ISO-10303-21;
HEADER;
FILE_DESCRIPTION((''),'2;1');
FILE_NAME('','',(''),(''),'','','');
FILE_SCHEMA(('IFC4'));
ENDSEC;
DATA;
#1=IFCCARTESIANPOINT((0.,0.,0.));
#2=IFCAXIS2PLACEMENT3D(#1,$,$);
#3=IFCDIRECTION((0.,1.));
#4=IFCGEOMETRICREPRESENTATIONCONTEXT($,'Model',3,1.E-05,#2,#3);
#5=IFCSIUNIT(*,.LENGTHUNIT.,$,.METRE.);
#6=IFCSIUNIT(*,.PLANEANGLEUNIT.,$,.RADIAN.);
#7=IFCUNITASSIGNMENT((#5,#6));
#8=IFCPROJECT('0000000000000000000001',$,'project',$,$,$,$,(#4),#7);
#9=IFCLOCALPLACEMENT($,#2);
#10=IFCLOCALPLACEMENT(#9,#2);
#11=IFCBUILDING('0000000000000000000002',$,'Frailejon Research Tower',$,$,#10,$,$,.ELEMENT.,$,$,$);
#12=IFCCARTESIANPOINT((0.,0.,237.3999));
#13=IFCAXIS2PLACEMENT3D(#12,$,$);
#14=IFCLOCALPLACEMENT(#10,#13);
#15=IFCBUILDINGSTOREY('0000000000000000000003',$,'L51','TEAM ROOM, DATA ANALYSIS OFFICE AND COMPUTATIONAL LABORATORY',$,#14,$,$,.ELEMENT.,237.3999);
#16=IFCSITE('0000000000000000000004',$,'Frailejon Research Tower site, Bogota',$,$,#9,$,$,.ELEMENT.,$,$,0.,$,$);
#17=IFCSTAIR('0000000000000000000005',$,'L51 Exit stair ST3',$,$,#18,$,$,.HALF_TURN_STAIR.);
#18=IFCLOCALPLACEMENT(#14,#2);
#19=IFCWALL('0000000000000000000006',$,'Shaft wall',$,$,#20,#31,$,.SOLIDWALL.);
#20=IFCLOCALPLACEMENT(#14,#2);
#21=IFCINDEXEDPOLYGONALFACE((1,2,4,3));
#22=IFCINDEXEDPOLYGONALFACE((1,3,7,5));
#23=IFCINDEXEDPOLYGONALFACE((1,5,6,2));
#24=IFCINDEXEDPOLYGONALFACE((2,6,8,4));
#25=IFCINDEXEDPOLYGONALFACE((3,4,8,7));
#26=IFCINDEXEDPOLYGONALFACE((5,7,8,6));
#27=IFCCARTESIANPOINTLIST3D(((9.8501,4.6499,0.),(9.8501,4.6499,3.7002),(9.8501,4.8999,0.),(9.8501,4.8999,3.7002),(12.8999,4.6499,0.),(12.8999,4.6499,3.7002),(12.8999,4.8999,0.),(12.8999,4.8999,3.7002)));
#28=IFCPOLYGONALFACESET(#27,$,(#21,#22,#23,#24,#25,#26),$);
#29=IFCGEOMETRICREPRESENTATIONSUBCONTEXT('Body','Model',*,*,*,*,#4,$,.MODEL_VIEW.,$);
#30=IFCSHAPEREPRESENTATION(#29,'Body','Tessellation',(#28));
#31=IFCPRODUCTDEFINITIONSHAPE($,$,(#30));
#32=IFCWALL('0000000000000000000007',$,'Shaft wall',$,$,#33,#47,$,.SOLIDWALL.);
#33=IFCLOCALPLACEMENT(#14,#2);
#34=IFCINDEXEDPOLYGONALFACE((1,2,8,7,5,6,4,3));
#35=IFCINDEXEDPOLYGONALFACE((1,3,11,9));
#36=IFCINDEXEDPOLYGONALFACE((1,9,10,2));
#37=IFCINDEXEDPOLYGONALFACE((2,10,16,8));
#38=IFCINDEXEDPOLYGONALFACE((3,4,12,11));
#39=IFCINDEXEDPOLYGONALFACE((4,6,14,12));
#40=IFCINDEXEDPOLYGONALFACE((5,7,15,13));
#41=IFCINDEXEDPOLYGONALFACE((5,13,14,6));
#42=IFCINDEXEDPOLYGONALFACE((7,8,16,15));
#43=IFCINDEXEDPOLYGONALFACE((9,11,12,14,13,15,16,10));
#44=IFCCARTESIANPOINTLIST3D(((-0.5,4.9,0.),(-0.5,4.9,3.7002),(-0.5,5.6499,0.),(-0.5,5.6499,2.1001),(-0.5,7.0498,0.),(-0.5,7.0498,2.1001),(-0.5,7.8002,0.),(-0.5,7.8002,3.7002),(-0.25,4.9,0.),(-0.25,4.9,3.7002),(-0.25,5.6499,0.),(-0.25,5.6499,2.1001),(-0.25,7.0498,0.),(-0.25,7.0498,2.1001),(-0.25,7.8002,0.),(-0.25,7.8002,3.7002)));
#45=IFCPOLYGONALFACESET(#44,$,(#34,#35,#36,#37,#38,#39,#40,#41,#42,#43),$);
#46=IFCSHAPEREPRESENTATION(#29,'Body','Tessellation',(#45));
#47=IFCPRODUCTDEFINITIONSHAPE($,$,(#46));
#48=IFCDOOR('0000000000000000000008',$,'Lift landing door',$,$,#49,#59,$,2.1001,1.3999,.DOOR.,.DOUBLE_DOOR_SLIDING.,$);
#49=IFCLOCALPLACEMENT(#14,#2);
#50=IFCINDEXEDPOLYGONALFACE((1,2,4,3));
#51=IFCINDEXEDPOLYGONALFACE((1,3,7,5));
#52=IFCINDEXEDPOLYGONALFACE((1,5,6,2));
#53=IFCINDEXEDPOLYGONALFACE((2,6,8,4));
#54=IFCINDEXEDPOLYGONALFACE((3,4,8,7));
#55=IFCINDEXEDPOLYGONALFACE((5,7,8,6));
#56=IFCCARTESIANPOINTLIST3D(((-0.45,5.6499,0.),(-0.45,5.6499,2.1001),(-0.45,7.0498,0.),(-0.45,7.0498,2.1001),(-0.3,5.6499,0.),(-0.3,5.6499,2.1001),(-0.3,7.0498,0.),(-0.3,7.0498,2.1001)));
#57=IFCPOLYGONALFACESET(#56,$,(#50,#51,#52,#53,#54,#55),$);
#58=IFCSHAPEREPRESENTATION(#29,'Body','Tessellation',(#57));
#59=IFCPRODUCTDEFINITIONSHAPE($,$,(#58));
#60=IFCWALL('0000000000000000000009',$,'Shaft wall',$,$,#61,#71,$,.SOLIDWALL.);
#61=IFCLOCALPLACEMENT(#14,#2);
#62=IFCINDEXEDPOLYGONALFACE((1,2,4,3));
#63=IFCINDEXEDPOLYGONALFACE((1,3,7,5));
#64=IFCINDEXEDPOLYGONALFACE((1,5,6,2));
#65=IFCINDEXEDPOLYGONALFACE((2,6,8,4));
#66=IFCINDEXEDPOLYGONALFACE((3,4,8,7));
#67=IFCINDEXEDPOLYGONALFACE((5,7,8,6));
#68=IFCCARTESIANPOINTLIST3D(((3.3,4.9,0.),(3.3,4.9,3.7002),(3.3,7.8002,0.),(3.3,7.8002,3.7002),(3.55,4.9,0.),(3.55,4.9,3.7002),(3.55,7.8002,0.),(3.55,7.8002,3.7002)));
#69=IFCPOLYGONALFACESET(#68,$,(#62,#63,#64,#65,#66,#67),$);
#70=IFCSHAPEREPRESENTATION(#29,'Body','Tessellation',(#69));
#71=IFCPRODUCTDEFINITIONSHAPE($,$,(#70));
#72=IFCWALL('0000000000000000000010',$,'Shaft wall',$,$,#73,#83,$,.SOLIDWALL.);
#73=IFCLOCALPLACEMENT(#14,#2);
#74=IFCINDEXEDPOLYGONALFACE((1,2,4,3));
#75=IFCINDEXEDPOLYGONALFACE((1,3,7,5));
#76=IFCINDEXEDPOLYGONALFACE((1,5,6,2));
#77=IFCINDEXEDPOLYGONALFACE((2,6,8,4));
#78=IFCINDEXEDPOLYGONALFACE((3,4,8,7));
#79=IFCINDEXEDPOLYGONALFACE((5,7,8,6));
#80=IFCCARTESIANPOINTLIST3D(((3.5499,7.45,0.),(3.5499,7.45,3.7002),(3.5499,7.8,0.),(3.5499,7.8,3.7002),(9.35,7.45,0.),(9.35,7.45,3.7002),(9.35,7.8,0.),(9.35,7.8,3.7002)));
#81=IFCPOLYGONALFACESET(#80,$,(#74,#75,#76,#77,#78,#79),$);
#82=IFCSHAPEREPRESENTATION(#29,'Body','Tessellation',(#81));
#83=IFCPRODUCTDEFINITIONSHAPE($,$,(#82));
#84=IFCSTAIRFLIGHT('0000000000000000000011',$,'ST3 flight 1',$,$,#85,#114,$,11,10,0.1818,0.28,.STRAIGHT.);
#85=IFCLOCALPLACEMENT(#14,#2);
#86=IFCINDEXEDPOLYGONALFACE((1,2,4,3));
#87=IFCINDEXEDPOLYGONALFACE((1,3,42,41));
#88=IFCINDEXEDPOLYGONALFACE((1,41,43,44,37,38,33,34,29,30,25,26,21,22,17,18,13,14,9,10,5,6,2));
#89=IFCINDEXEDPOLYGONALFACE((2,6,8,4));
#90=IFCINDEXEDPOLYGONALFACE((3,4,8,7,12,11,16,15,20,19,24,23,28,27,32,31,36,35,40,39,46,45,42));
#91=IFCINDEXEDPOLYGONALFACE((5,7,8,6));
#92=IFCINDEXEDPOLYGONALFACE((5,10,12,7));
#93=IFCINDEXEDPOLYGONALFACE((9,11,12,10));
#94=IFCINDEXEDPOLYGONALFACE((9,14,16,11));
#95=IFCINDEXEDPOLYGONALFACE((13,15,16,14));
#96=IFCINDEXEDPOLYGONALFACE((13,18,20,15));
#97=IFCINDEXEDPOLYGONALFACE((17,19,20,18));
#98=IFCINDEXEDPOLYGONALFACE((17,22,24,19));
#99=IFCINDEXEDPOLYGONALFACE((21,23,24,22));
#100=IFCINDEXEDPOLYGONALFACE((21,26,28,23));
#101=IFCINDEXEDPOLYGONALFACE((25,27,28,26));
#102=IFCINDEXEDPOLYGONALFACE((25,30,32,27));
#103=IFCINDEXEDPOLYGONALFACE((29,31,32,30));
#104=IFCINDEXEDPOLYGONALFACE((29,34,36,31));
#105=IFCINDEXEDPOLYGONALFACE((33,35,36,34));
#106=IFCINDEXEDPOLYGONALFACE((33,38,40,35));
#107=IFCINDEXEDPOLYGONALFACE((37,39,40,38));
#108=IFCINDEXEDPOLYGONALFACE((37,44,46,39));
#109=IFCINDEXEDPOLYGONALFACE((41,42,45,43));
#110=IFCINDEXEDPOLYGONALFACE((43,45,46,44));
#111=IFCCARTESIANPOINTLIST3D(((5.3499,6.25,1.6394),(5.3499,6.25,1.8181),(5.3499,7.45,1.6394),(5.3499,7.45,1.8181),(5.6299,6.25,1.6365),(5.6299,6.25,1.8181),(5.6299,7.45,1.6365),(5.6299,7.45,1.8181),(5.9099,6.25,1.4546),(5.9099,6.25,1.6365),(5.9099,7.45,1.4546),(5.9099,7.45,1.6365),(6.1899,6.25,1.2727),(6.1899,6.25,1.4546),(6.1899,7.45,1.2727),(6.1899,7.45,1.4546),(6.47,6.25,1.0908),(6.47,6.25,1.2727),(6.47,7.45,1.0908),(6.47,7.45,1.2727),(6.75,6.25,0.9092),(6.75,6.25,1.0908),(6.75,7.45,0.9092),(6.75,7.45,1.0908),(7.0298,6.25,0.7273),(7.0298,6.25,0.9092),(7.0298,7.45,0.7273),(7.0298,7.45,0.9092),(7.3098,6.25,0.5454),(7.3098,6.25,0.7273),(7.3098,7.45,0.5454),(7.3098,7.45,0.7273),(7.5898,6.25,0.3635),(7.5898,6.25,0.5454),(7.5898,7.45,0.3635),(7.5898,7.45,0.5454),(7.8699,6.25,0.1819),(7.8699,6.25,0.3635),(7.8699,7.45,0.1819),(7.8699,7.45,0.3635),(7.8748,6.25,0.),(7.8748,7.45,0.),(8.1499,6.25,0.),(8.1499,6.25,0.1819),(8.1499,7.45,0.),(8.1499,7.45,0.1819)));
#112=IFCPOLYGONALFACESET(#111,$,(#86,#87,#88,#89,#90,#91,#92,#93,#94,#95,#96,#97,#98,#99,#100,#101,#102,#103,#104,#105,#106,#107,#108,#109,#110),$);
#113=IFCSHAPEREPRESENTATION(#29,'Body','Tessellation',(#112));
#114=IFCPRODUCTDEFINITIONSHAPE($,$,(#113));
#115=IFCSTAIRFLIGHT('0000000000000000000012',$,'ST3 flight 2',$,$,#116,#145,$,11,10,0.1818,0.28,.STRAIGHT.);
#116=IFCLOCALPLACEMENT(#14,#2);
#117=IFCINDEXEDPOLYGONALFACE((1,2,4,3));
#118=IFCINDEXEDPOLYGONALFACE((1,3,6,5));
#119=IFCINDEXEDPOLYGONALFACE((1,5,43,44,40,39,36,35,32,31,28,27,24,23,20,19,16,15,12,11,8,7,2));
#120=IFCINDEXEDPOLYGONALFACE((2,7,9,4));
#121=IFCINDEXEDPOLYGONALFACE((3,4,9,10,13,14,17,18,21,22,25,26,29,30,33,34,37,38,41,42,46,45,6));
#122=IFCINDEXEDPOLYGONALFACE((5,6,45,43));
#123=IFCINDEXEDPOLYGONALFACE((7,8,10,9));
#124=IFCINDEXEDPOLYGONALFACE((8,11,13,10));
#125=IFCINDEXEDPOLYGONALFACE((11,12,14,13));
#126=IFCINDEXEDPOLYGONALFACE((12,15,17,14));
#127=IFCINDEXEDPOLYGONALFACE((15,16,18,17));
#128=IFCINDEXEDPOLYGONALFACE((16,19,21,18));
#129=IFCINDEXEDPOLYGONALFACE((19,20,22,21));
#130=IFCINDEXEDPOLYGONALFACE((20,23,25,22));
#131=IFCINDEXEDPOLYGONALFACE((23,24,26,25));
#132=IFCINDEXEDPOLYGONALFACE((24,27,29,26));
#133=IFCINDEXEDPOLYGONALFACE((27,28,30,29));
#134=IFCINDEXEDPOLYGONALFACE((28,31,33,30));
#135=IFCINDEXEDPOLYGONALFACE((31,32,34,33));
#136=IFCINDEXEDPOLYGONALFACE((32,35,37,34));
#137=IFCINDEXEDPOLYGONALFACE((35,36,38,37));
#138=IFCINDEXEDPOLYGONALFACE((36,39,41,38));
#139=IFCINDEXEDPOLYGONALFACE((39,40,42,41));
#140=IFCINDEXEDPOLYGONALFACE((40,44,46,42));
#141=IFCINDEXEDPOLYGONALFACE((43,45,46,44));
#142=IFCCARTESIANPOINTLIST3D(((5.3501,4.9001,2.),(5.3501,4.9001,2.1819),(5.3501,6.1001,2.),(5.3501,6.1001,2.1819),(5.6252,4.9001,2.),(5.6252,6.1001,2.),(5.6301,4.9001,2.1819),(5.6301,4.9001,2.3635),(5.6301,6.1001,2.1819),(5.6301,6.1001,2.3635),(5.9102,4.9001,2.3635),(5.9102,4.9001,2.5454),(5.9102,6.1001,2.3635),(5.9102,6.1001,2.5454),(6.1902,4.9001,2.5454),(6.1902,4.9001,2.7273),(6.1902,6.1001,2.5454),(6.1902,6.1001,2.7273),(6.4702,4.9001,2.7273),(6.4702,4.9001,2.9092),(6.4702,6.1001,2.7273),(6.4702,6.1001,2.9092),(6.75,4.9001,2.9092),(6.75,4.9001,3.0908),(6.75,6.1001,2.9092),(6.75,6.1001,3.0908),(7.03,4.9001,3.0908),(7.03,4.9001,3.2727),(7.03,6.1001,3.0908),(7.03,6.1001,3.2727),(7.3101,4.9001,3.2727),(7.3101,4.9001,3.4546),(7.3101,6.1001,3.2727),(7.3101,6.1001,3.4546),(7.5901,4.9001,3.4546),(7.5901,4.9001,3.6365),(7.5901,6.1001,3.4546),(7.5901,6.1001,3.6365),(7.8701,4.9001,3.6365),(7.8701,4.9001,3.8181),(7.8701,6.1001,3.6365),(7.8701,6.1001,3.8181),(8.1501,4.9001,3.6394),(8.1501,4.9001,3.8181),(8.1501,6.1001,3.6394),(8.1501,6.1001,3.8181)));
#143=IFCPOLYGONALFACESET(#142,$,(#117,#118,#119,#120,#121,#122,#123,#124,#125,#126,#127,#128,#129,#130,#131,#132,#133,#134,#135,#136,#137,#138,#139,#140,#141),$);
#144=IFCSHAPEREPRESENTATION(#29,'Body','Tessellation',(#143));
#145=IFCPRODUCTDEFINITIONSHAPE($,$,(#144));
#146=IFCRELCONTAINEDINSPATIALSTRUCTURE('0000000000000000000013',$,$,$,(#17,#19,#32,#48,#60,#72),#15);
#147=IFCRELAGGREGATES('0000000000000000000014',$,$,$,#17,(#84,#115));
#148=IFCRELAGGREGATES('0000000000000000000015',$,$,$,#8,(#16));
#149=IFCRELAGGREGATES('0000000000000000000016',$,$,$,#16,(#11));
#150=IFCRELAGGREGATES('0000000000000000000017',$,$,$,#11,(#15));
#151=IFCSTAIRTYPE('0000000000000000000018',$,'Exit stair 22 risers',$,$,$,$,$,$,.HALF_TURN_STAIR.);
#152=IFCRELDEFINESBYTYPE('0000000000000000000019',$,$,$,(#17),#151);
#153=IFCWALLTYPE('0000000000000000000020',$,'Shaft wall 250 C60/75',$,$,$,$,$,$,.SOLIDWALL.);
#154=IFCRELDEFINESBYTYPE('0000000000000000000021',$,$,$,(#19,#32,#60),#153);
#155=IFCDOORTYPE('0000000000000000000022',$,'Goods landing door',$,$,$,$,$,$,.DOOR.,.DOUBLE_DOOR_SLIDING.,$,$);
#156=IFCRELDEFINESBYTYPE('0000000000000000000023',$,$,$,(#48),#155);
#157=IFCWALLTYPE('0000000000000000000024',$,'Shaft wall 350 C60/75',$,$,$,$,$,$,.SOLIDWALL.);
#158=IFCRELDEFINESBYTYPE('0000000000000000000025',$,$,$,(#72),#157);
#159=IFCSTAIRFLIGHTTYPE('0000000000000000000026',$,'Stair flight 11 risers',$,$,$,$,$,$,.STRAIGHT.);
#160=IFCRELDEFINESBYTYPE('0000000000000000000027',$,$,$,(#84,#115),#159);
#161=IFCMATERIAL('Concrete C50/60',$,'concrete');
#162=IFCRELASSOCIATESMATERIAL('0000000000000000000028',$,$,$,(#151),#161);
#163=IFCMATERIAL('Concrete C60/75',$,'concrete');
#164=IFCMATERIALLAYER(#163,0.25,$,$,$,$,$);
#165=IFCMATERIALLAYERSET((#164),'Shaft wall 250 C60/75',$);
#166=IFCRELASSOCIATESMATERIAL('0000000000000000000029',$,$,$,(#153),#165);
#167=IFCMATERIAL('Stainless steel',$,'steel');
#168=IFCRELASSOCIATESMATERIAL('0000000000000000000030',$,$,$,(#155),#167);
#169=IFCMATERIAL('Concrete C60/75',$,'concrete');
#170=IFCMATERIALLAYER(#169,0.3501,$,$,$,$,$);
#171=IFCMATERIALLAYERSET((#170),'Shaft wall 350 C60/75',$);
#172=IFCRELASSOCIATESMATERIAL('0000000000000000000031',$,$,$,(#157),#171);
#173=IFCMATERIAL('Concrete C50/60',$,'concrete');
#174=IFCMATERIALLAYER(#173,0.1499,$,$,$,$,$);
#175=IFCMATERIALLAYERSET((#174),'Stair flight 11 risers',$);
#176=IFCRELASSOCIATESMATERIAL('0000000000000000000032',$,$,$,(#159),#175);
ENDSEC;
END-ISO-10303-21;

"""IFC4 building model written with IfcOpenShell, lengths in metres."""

from ifc_helpers import new_model, si_unit, direction, frame, frame_2d, origin, place, context, subcontext, project, spatial, polyline, rectangle, outline, extrude, material, layer, layer_set, type_object, element, fill, aggregate, save


model = new_model("IFC4")

# Units and contexts
model_context = context("Model", 3, precision=1e-05, world=origin(), true_north=direction((0.0, 1.0)))
body_context = subcontext(model_context, "Body", "Model", "MODEL_VIEW")
ifc_project = project(units=[si_unit("LENGTHUNIT", "METRE"), si_unit("PLANEANGLEUNIT", "RADIAN")], contexts=[model_context])

# Site, building, storey
site_placement = place(None, origin())
site = spatial("IfcSite", under=ifc_project, at=site_placement, Name="Frailejon Research Tower site, Bogota", CompositionType="ELEMENT", RefElevation=0.0)
building_placement = place(site_placement, origin())
building = spatial("IfcBuilding", under=site, at=building_placement, Name="Frailejon Research Tower", CompositionType="ELEMENT")
storey_placement = place(building_placement, frame((0.0, 0.0, 237.3999)))
storey = spatial("IfcBuildingStorey", under=building, at=storey_placement, Name="L51", Description="TEAM ROOM, DATA ANALYSIS OFFICE AND COMPUTATIONAL LABORATORY", CompositionType="ELEMENT", Elevation=237.3999)

# Stair
ifc_material_1 = material(Name="Concrete C50/60", Category="concrete")
stair_type = type_object("IfcStairType", Name="Exit stair 22 risers", PredefinedType="HALF_TURN_STAIR", material=ifc_material_1)
stair_1_placement = place(storey_placement, origin())
stair_1 = element("IfcStair", 1, at=stair_1_placement, inside=storey, type_object=stair_type, Name="L51 Exit stair ST3", PredefinedType="HALF_TURN_STAIR")

# Shared definitions
ifc_material_2 = material(Name="Concrete C60/75", Category="concrete")
ifc_layer_1 = layer(ifc_material_2, 0.25)
ifc_layer_set_1 = layer_set([ifc_layer_1], Name="Shaft wall 250 C60/75")
wall_type_1 = type_object("IfcWallType", Name="Shaft wall 250 C60/75", PredefinedType="SOLIDWALL", material=ifc_layer_set_1)

# Wall
wall_1_placement = place(storey_placement, frame((9.8501, 4.7749, 0.0), z_axis=(0.0, 0.0, 1.0), x_axis=(1.0, 0.0, 0.0)))
element("IfcWall", 2, at=wall_1_placement, inside=storey, type_object=wall_type_1, Name="Shaft wall", PredefinedType="SOLIDWALL", context=body_context, shape_type="SweptSolid", body=[
    extrude(rectangle(XDim=3.0498, YDim=0.25, at=frame_2d((1.5249, 0.0))), origin(), (0.0, 0.0, 1.0), 3.7002),
])

# Wall, opening, door
wall_2_placement = place(storey_placement, frame((-0.375, 4.8999, 0.0), z_axis=(0.0, 0.0, 1.0), x_axis=(0.0, 1.0, 0.0)))
wall_2 = element("IfcWall", 3, at=wall_2_placement, inside=storey, type_object=wall_type_1, Name="Shaft wall", PredefinedType="SOLIDWALL", context=body_context, shape_type="SweptSolid", body=[
    extrude(rectangle(XDim=2.9001, YDim=0.25, at=frame_2d((1.4502, 0.0))), origin(), (0.0, 0.0, 1.0), 3.7002),
])
opening_1_placement = place(wall_2_placement, frame((0.75, 0.0, 0.0)))
opening_1 = element("IfcOpeningElement", 4, at=opening_1_placement, cuts=wall_2, PredefinedType="OPENING", context=body_context, shape_type="SweptSolid", body=[
    extrude(rectangle(XDim=1.3999, YDim=2.1001, at=frame_2d((0.7, 1.05))), frame((0.0, 0.135, 0.0), z_axis=(0.0, -1.0, 0.0), x_axis=(1.0, 0.0, 0.0)), (0.0, 0.0, 1.0), 0.27),
])
ifc_material_3 = material(Name="Stainless steel", Category="steel")
door_type_1 = type_object("IfcDoorType", Name="Goods landing door", OperationType="DOUBLE_DOOR_SLIDING", PredefinedType="DOOR", material=ifc_material_3)
door_1_placement = place(opening_1_placement, origin())
door_1 = element("IfcDoor", 5, at=door_1_placement, inside=storey, type_object=door_type_1, Name="Lift landing door", OperationType="DOUBLE_DOOR_SLIDING", OverallHeight=2.1001, OverallWidth=1.3999, PredefinedType="DOOR", context=body_context, shape_type="SweptSolid", body=[
    extrude(rectangle(XDim=1.3999, YDim=2.1001, at=frame_2d((0.7, 1.05))), frame((0.0, 0.075, 0.0), z_axis=(0.0, -1.0, 0.0), x_axis=(1.0, 0.0, 0.0)), (0.0, 0.0, 1.0), 0.1499),
])
fill(opening_1, door_1)

# Walls
wall_3_placement = place(storey_placement, frame((3.425, 4.8999, 0.0), z_axis=(0.0, 0.0, 1.0), x_axis=(0.0, 1.0, 0.0)))
element("IfcWall", 6, at=wall_3_placement, inside=storey, type_object=wall_type_1, Name="Shaft wall", PredefinedType="SOLIDWALL", context=body_context, shape_type="SweptSolid", body=[
    extrude(rectangle(XDim=2.9001, YDim=0.25, at=frame_2d((1.4502, 0.0))), origin(), (0.0, 0.0, 1.0), 3.7002),
])
ifc_material_4 = material(Name="Concrete C60/75", Category="concrete")
ifc_layer_2 = layer(ifc_material_4, 0.3501)
ifc_layer_set_2 = layer_set([ifc_layer_2], Name="Shaft wall 350 C60/75")
wall_type_2 = type_object("IfcWallType", Name="Shaft wall 350 C60/75", PredefinedType="SOLIDWALL", material=ifc_layer_set_2)
wall_4_placement = place(storey_placement, frame((3.55, 7.625, 0.0), z_axis=(0.0, 0.0, 1.0), x_axis=(1.0, 0.0, 0.0)))
element("IfcWall", 7, at=wall_4_placement, inside=storey, type_object=wall_type_2, Name="Shaft wall", PredefinedType="SOLIDWALL", context=body_context, shape_type="SweptSolid", body=[
    extrude(rectangle(XDim=5.8, YDim=0.3501, at=frame_2d((2.8999, 0.0))), origin(), (0.0, 0.0, 1.0), 3.7002),
])

# Stair flights
ifc_material_5 = material(Name="Concrete C50/60", Category="concrete")
ifc_layer_3 = layer(ifc_material_5, 0.1499)
ifc_layer_set_3 = layer_set([ifc_layer_3], Name="Stair flight 11 risers")
stair_flight_type = type_object("IfcStairFlightType", Name="Stair flight 11 risers", PredefinedType="STRAIGHT", material=ifc_layer_set_3)
stair_flight_1_placement = place(storey_placement, frame((8.1499, 6.8501, 0.0), z_axis=(0.0, 0.0, 1.0), x_axis=(-1.0, 0.0, 0.0)))
stair_flight_1 = element("IfcStairFlight", 8, at=stair_flight_1_placement, type_object=stair_flight_type, Name="ST3 flight 1", NumberOfRisers=11, NumberOfTreads=10, PredefinedType="STRAIGHT", RiserHeight=0.1818, TreadLength=0.28, context=body_context, shape_type="SweptSolid", body=[
    extrude(outline(polyline([(0.0, 0.0), (0.0, 0.1819), (0.28, 0.1819), (0.28, 0.3635), (0.5601, 0.3635), (0.5601, 0.5454), (0.8401, 0.5454), (0.8401, 0.7273), (1.1201, 0.7273), (1.1201, 0.9092), (1.3999, 0.9092), (1.3999, 1.0908), (1.6799, 1.0908), (1.6799, 1.2727), (1.96, 1.2727), (1.96, 1.4546), (2.24, 1.4546), (2.24, 1.6365), (2.52, 1.6365), (2.52, 1.8181), (2.8, 1.8181), (2.8, 2.0), (2.8, 1.6394), (0.2751, 0.0), (0.0, 0.0)])), frame((0.0, 0.6001, 0.0), z_axis=(0.0, -1.0, 0.0), x_axis=(1.0, 0.0, 0.0)), (0.0, 0.0, 1.0), 1.2),
])
stair_flight_2_placement = place(storey_placement, frame((5.3501, 5.5, 2.0), z_axis=(0.0, 0.0, 1.0), x_axis=(1.0, 0.0, 0.0)))
stair_flight_2 = element("IfcStairFlight", 9, at=stair_flight_2_placement, type_object=stair_flight_type, Name="ST3 flight 2", NumberOfRisers=11, NumberOfTreads=10, PredefinedType="STRAIGHT", RiserHeight=0.1818, TreadLength=0.28, context=body_context, shape_type="SweptSolid", body=[
    extrude(outline(polyline([(0.0, 0.0), (0.0, 0.1819), (0.28, 0.1819), (0.28, 0.3635), (0.5601, 0.3635), (0.5601, 0.5454), (0.8401, 0.5454), (0.8401, 0.7273), (1.1201, 0.7273), (1.1201, 0.9092), (1.3999, 0.9092), (1.3999, 1.0908), (1.6799, 1.0908), (1.6799, 1.2727), (1.96, 1.2727), (1.96, 1.4546), (2.24, 1.4546), (2.24, 1.6365), (2.52, 1.6365), (2.52, 1.8181), (2.8, 1.8181), (2.8, 2.0), (2.8, 1.6394), (0.2751, 0.0), (0.0, 0.0)])), frame((0.0, 0.6001, 0.0), z_axis=(0.0, -1.0, 0.0), x_axis=(1.0, 0.0, 0.0)), (0.0, 0.0, 1.0), 1.2),
])
aggregate(stair_1, [stair_flight_1, stair_flight_2])

save(model, "model.ifc")
